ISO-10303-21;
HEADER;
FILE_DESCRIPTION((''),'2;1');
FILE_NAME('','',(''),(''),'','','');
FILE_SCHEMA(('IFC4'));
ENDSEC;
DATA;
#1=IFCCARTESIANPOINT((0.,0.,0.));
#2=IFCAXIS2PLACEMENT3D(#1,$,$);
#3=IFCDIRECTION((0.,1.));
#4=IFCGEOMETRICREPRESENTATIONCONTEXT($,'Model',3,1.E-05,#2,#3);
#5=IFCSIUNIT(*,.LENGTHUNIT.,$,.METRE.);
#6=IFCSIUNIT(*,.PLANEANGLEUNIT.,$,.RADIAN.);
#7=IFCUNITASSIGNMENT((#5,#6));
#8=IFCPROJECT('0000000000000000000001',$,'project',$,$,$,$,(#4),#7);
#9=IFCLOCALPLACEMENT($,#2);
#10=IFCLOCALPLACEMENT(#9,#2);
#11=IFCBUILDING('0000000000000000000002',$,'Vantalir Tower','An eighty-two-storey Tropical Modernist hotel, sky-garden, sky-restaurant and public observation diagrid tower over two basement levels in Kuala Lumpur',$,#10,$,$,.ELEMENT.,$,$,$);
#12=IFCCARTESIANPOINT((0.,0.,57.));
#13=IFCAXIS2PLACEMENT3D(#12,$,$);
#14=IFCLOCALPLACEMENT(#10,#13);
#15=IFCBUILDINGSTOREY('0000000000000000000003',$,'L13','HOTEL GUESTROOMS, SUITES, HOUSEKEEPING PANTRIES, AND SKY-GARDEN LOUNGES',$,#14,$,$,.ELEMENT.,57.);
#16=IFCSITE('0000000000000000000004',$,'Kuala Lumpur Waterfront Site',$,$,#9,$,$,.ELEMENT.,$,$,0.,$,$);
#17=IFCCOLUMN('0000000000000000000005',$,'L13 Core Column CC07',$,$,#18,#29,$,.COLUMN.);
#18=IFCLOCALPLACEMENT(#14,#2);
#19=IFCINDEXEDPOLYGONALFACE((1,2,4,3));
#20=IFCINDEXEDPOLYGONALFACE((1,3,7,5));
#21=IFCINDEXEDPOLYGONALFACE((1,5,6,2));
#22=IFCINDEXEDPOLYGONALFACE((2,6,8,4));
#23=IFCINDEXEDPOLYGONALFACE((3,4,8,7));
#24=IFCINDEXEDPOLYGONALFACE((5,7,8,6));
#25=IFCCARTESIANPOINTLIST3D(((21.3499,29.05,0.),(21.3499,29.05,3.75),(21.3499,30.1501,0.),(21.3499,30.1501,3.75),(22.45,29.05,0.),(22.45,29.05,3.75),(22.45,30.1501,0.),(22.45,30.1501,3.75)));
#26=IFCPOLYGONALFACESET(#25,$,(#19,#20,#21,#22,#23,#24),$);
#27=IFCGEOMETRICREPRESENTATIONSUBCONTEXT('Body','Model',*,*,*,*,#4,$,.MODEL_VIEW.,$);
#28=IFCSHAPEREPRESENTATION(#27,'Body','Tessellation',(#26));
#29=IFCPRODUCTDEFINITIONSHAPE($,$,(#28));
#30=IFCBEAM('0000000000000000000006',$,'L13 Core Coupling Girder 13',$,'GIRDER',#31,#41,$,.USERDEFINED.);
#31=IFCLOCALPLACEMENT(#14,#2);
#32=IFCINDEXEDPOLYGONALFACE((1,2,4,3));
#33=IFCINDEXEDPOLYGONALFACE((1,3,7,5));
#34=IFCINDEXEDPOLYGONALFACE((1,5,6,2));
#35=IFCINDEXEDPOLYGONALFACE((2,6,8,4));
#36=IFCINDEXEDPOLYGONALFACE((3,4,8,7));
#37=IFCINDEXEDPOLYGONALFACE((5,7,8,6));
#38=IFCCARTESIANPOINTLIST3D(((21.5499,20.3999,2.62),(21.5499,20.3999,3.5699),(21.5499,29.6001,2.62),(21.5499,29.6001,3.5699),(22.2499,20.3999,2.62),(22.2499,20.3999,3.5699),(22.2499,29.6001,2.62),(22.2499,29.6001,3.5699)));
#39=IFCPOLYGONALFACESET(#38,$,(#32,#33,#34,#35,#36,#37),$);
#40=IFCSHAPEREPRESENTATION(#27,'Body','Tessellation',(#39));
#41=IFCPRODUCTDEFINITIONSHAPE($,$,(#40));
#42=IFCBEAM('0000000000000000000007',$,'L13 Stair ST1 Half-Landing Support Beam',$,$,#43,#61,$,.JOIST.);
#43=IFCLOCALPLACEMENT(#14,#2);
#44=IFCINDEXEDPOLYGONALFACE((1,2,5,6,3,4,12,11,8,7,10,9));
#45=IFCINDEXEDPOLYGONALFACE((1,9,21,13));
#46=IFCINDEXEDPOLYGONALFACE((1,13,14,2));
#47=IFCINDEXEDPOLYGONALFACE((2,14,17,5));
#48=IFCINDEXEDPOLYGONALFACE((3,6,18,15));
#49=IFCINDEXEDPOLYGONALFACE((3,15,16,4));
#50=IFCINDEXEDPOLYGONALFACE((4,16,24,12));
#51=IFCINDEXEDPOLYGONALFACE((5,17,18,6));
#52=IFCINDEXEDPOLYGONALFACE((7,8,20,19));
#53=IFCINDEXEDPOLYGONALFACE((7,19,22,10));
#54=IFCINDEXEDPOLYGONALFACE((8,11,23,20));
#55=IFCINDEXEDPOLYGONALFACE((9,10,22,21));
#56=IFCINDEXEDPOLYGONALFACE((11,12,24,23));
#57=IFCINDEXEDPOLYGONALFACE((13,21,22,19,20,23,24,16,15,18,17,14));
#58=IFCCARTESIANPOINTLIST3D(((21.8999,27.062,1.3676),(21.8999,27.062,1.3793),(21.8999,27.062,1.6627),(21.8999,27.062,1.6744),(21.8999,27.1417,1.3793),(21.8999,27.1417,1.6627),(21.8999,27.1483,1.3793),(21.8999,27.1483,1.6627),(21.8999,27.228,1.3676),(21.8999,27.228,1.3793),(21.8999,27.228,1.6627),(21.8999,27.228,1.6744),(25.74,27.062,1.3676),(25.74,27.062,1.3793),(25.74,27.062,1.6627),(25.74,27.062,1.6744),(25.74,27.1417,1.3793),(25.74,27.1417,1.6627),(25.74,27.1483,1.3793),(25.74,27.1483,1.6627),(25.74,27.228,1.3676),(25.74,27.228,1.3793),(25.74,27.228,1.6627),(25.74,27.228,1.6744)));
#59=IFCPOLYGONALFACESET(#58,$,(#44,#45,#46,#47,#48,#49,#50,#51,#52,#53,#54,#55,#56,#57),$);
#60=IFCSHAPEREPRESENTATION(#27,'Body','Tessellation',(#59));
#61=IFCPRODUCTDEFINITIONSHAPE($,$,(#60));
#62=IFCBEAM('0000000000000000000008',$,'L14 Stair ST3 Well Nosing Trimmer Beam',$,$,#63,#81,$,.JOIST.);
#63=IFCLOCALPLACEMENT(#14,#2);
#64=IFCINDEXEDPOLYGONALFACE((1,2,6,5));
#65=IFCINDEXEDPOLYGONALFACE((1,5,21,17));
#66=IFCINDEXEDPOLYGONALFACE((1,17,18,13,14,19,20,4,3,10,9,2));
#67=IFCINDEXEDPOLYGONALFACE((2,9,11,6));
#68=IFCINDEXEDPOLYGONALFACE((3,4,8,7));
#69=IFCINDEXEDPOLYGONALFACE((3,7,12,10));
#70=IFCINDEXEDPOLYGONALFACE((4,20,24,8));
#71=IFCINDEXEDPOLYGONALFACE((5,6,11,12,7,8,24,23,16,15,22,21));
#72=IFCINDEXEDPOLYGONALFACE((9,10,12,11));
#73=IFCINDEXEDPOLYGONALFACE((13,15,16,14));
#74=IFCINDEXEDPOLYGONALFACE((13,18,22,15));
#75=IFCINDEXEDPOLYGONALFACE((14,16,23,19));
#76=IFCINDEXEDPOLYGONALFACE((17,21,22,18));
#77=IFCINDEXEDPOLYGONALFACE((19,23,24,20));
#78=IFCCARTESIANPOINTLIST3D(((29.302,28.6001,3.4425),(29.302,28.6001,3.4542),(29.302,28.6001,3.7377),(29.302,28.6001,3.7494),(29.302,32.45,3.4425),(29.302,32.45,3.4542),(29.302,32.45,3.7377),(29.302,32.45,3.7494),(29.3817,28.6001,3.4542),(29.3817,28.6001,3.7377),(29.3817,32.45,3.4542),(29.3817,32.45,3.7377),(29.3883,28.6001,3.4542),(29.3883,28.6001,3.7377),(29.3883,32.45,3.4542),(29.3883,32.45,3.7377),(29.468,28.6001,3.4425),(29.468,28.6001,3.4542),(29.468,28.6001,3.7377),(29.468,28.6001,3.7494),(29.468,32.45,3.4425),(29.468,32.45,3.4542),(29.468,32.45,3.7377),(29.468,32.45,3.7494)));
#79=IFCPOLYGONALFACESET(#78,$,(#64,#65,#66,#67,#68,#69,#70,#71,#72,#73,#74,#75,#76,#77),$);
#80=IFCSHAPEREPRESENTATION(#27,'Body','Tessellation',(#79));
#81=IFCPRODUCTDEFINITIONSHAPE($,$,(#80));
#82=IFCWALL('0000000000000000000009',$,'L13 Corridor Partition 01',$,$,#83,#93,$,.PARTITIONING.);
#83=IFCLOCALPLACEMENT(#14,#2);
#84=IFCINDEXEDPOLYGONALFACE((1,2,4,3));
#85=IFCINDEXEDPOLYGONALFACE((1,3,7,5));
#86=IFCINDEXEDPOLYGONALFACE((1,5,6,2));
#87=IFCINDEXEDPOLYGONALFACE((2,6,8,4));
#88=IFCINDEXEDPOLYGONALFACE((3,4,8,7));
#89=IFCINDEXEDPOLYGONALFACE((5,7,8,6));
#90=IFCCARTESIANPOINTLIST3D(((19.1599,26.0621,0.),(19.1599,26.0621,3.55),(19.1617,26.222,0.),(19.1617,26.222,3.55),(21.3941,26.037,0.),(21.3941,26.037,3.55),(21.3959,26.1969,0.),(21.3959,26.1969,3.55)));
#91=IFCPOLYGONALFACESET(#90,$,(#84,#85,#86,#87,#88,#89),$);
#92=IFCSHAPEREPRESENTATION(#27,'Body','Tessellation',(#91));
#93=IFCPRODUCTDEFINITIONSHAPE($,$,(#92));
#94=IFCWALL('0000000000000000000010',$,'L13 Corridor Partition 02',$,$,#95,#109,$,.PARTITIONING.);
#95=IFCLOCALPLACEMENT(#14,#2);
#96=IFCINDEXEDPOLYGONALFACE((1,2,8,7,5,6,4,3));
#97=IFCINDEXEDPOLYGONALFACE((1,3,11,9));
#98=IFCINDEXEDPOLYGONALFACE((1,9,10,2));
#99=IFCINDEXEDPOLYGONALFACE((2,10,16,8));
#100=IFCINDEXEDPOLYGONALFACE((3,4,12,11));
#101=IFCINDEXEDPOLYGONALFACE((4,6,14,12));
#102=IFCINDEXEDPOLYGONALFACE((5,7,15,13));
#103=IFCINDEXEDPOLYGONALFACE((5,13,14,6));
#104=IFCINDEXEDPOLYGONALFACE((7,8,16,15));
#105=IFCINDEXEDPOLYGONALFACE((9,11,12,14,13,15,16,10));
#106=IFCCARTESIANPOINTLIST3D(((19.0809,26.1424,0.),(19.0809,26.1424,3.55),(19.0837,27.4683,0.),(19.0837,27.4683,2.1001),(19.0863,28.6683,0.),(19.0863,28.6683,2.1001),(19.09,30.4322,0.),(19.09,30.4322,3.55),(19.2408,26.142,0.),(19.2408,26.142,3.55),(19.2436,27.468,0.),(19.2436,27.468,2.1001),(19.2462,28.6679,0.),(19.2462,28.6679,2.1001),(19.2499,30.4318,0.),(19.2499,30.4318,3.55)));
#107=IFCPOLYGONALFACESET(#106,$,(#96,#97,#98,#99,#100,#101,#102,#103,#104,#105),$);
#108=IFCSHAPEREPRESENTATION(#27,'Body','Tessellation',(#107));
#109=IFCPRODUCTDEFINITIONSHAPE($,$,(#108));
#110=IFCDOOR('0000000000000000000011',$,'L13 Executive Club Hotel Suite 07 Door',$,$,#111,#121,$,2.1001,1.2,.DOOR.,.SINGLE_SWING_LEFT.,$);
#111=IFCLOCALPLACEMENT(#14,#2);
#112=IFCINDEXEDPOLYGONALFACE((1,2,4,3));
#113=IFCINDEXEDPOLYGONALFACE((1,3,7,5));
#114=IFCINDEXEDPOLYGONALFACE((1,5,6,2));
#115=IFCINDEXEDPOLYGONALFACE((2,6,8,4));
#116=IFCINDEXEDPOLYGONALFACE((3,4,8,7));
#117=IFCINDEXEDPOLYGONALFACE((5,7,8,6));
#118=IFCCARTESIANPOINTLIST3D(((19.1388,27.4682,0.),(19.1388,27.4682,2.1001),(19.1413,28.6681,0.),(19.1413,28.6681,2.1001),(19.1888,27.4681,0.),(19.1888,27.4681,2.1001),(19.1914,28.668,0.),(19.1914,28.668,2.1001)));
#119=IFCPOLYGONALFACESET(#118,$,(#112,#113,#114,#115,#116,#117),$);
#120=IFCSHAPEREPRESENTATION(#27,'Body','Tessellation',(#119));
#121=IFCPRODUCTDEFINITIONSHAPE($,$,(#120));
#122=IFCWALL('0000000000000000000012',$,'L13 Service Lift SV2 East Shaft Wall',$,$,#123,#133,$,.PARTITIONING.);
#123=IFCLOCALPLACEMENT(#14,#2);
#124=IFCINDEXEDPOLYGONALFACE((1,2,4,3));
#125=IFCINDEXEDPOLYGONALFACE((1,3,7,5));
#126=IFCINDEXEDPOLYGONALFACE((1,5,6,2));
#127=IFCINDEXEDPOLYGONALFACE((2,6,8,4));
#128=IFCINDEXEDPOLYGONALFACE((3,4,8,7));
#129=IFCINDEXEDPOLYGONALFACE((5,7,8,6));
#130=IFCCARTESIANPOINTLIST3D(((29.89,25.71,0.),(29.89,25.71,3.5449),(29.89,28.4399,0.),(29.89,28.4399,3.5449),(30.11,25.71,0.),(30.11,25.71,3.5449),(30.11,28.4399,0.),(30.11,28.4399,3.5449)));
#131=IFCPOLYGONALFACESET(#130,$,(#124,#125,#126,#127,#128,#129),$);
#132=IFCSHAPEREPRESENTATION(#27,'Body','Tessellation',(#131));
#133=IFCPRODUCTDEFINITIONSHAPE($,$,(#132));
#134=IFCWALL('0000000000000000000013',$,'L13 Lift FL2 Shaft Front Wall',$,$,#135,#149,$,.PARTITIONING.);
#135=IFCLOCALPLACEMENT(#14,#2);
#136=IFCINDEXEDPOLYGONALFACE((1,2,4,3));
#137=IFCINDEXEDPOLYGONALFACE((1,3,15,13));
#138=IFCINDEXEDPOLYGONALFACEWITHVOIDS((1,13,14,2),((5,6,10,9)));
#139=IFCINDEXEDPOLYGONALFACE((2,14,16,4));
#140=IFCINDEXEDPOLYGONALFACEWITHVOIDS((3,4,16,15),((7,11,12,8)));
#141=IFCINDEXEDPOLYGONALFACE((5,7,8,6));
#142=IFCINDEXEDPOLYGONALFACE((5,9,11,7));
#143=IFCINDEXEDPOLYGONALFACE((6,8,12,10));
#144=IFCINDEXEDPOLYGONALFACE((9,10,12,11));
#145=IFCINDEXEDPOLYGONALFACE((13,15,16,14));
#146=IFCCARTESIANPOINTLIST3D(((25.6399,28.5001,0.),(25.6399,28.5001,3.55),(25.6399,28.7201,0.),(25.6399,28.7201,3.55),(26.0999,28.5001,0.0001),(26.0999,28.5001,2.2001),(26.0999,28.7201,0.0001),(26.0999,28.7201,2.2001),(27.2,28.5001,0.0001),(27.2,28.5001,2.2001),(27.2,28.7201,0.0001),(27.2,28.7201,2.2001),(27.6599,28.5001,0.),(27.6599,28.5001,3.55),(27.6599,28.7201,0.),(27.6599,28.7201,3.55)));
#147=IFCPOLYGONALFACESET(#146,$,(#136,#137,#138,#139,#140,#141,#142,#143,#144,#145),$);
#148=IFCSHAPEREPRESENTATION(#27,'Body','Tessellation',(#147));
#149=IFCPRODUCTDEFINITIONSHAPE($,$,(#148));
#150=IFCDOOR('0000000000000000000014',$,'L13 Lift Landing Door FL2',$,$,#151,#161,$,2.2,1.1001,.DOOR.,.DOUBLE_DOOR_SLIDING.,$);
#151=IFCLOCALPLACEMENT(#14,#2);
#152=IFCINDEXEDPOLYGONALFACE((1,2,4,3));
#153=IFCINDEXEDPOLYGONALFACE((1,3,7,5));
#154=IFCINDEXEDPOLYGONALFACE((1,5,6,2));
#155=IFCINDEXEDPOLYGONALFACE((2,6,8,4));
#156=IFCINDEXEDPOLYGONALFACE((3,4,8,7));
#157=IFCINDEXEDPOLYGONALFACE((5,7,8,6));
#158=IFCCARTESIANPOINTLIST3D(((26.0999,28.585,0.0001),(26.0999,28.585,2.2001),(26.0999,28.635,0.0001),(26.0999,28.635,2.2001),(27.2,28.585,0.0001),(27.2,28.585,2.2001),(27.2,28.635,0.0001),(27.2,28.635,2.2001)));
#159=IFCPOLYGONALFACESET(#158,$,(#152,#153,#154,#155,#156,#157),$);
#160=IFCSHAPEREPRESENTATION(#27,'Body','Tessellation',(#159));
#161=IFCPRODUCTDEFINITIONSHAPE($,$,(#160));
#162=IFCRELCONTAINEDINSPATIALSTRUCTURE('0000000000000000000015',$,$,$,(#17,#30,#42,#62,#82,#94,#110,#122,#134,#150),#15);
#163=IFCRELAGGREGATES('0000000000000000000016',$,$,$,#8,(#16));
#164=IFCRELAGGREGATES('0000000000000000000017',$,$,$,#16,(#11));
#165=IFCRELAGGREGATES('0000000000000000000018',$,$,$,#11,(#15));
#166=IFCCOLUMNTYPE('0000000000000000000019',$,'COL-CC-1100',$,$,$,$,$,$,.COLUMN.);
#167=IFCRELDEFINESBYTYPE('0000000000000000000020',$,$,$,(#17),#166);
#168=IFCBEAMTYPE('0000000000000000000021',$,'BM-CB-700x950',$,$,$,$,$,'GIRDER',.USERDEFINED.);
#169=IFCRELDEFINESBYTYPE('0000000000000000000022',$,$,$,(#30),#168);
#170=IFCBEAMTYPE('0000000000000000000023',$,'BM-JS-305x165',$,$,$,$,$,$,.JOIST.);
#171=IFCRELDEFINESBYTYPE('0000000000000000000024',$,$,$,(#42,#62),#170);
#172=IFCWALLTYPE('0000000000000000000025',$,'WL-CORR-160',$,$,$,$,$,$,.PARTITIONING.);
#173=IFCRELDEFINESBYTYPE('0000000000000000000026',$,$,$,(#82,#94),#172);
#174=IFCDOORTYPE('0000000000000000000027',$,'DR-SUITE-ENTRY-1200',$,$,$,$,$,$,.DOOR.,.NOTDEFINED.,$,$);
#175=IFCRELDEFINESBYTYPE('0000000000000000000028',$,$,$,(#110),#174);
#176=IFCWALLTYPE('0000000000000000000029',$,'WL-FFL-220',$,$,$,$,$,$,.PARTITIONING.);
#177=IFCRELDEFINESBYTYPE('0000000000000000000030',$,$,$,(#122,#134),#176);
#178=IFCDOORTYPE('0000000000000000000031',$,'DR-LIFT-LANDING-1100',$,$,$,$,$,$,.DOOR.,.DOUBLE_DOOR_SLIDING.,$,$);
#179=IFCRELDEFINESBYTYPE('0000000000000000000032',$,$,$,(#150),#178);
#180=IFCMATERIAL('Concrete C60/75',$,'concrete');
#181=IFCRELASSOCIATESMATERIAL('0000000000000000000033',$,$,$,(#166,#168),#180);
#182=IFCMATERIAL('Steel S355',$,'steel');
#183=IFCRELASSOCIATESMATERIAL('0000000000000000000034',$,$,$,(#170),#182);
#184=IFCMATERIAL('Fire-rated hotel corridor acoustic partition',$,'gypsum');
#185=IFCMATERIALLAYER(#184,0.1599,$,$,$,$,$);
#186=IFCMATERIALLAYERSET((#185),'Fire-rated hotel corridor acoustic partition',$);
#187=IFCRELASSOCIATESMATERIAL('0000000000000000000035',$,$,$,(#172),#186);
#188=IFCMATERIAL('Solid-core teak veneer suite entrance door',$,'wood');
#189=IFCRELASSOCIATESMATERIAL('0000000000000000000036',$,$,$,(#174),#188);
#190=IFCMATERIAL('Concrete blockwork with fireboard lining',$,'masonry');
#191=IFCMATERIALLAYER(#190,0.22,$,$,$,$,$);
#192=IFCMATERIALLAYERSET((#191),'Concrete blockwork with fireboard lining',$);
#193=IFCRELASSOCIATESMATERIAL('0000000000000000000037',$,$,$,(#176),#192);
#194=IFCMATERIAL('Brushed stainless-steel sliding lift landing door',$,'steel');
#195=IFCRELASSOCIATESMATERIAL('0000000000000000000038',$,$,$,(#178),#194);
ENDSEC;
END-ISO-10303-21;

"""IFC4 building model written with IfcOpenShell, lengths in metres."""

from ifc_helpers import new_model, si_unit, direction, frame, frame_2d, origin, origin_2d, place, context, subcontext, project, spatial, rectangle, i_section, extrude, material, layer, layer_set, material_profile, profile_set, type_object, element, fill, save


model = new_model("IFC4")

# Units and contexts
model_context = context("Model", 3, precision=1e-05, world=origin(), true_north=direction((0.0, 1.0)))
body_context = subcontext(model_context, "Body", "Model", "MODEL_VIEW")
ifc_project = project(units=[si_unit("LENGTHUNIT", "METRE"), si_unit("PLANEANGLEUNIT", "RADIAN")], contexts=[model_context])

# Site, building, storey
site_placement = place(None, origin())
site = spatial("IfcSite", under=ifc_project, at=site_placement, Name="Kuala Lumpur Waterfront Site", CompositionType="ELEMENT", RefElevation=0.0)
building_placement = place(site_placement, origin())
building = spatial("IfcBuilding", under=site, at=building_placement, Name="Vantalir Tower", Description="An eighty-two-storey Tropical Modernist hotel, sky-garden, sky-restaurant and public observation diagrid tower over two basement levels in Kuala Lumpur", CompositionType="ELEMENT")
storey_placement = place(building_placement, frame((0.0, 0.0, 57.0)))
storey = spatial("IfcBuildingStorey", under=building, at=storey_placement, Name="L13", Description="HOTEL GUESTROOMS, SUITES, HOUSEKEEPING PANTRIES, AND SKY-GARDEN LOUNGES", CompositionType="ELEMENT", Elevation=57.0)

# Column
ifc_material_1 = material(Name="Concrete C60/75", Category="concrete")
ifc_material_profile_1 = material_profile(ifc_material_1, rectangle(XDim=1.1001, YDim=1.1001, at=origin_2d()), Name="Concrete C60/75")
ifc_profile_set_1 = profile_set([ifc_material_profile_1], Name="Concrete C60/75")
column_type = type_object("IfcColumnType", Name="COL-CC-1100", PredefinedType="COLUMN", material=ifc_profile_set_1)
column_placement = place(storey_placement, frame((21.8999, 29.6001, 0.0), z_axis=(0.0, 0.0, 1.0), x_axis=(1.0, 0.0, 0.0)))
element("IfcColumn", 1, at=column_placement, inside=storey, type_object=column_type, Name="L13 Core Column CC07", PredefinedType="COLUMN", context=body_context, shape_type="SweptSolid", body=[
    extrude(rectangle(XDim=1.1001, YDim=1.1001, at=origin_2d()), origin(), (0.0, 0.0, 1.0), 3.75),
])

# Beams
ifc_material_profile_2 = material_profile(ifc_material_1, rectangle(XDim=0.7, YDim=0.95, at=origin_2d()), Name="Concrete C60/75")
ifc_profile_set_2 = profile_set([ifc_material_profile_2], Name="Concrete C60/75")
beam_type_1 = type_object("IfcBeamType", Name="BM-CB-700x950", ElementType="GIRDER", PredefinedType="USERDEFINED", material=ifc_profile_set_2)
beam_1_placement = place(storey_placement, frame((21.8999, 29.6001, 3.095), z_axis=(0.0, -1.0, 0.0), x_axis=(1.0, 0.0, 0.0)))
element("IfcBeam", 2, at=beam_1_placement, inside=storey, type_object=beam_type_1, Name="L13 Core Coupling Girder 13", ObjectType="GIRDER", PredefinedType="USERDEFINED", context=body_context, shape_type="SweptSolid", body=[
    extrude(rectangle(XDim=0.7, YDim=0.95, at=origin_2d()), origin(), (0.0, 0.0, 1.0), 9.2002),
])
ifc_material_2 = material(Name="Steel S355", Category="steel")
ifc_material_profile_3 = material_profile(ifc_material_2, i_section(OverallWidth=0.166, OverallDepth=0.3069, WebThickness=0.0066, FlangeThickness=0.0117, at=origin_2d()), Name="Steel S355")
ifc_profile_set_3 = profile_set([ifc_material_profile_3], Name="Steel S355")
beam_type_2 = type_object("IfcBeamType", Name="BM-JS-305x165", PredefinedType="JOIST", material=ifc_profile_set_3)
beam_2_placement = place(storey_placement, frame((21.8999, 27.145, 1.521), z_axis=(1.0, 0.0, 0.0), x_axis=(0.0, 1.0, 0.0)))
element("IfcBeam", 3, at=beam_2_placement, inside=storey, type_object=beam_type_2, Name="L13 Stair ST1 Half-Landing Support Beam", PredefinedType="JOIST", context=body_context, shape_type="SweptSolid", body=[
    extrude(i_section(OverallWidth=0.166, OverallDepth=0.3069, WebThickness=0.0066, FlangeThickness=0.0117, at=origin_2d()), origin(), (0.0, 0.0, 1.0), 3.8401),
])
beam_3_placement = place(storey_placement, frame((29.385, 28.6001, 3.5959), z_axis=(0.0, 1.0, 0.0), x_axis=(-1.0, 0.0, 0.0)))
element("IfcBeam", 4, at=beam_3_placement, inside=storey, type_object=beam_type_2, Name="L14 Stair ST3 Well Nosing Trimmer Beam", PredefinedType="JOIST", context=body_context, shape_type="SweptSolid", body=[
    extrude(i_section(OverallWidth=0.166, OverallDepth=0.3069, WebThickness=0.0066, FlangeThickness=0.0117, at=origin_2d()), origin(), (0.0, 0.0, 1.0), 3.8499),
])

# Wall
ifc_material_3 = material(Name="Fire-rated hotel corridor acoustic partition", Category="gypsum")
ifc_layer_1 = layer(ifc_material_3, 0.1599)
ifc_layer_set_1 = layer_set([ifc_layer_1], Name="Fire-rated hotel corridor acoustic partition")
wall_type_1 = type_object("IfcWallType", Name="WL-CORR-160", PredefinedType="PARTITIONING", material=ifc_layer_set_1)
wall_1_placement = place(storey_placement, frame((21.395, 26.1169, 0.0), z_axis=(0.0, 0.0, 1.0), x_axis=(-0.999937, 0.011255, 0.0)))
element("IfcWall", 5, at=wall_1_placement, inside=storey, type_object=wall_type_1, Name="L13 Corridor Partition 01", PredefinedType="PARTITIONING", context=body_context, shape_type="SweptSolid", body=[
    extrude(rectangle(XDim=2.2344, YDim=0.1599, at=frame_2d((1.1172, 0.0))), origin(), (0.0, 0.0, 1.0), 3.55),
])

# Wall, opening, door
wall_2_placement = place(storey_placement, frame((19.1609, 26.1421, 0.0), z_axis=(0.0, 0.0, 1.0), x_axis=(0.002106, 0.999998, 0.0)))
wall_2 = element("IfcWall", 6, at=wall_2_placement, inside=storey, type_object=wall_type_1, Name="L13 Corridor Partition 02", PredefinedType="PARTITIONING", context=body_context, shape_type="SweptSolid", body=[
    extrude(rectangle(XDim=4.2898, YDim=0.1599, at=frame_2d((2.145, 0.0))), origin(), (0.0, 0.0, 1.0), 3.55),
])
opening_1_placement = place(wall_2_placement, frame((1.3259, 0.0, 0.0)))
opening_1 = element("IfcOpeningElement", 7, at=opening_1_placement, cuts=wall_2, PredefinedType="OPENING", context=body_context, shape_type="SweptSolid", body=[
    extrude(rectangle(XDim=1.2, YDim=2.1001, at=frame_2d((0.6001, 1.05))), frame((0.0, 0.0898, 0.0), z_axis=(0.0, -1.0, 0.0), x_axis=(1.0, 0.0, 0.0)), (0.0, 0.0, 1.0), 0.1799),
])
ifc_material_4 = material(Name="Solid-core teak veneer suite entrance door", Category="wood")
door_type_1 = type_object("IfcDoorType", Name="DR-SUITE-ENTRY-1200", OperationType="NOTDEFINED", PredefinedType="DOOR", material=ifc_material_4)
door_1_placement = place(opening_1_placement, origin())
door_1 = element("IfcDoor", 8, at=door_1_placement, inside=storey, type_object=door_type_1, Name="L13 Executive Club Hotel Suite 07 Door", OperationType="SINGLE_SWING_LEFT", OverallHeight=2.1001, OverallWidth=1.2, PredefinedType="DOOR", context=body_context, shape_type="SweptSolid", body=[
    extrude(rectangle(XDim=1.2, YDim=2.1001, at=frame_2d((0.6001, 1.05))), frame((0.0, 0.0249, 0.0), z_axis=(0.0, -1.0, 0.0), x_axis=(1.0, 0.0, 0.0)), (0.0, 0.0, 1.0), 0.05),
])
fill(opening_1, door_1)

# Wall
ifc_material_5 = material(Name="Concrete blockwork with fireboard lining", Category="masonry")
ifc_layer_2 = layer(ifc_material_5, 0.22)
ifc_layer_set_2 = layer_set([ifc_layer_2], Name="Concrete blockwork with fireboard lining")
wall_type_2 = type_object("IfcWallType", Name="WL-FFL-220", PredefinedType="PARTITIONING", material=ifc_layer_set_2)
wall_3_placement = place(storey_placement, frame((30.0, 25.71, 0.0), z_axis=(0.0, 0.0, 1.0), x_axis=(0.0, 1.0, 0.0)))
element("IfcWall", 9, at=wall_3_placement, inside=storey, type_object=wall_type_2, Name="L13 Service Lift SV2 East Shaft Wall", PredefinedType="PARTITIONING", context=body_context, shape_type="SweptSolid", body=[
    extrude(rectangle(XDim=2.73, YDim=0.22, at=frame_2d((1.365, 0.0))), origin(), (0.0, 0.0, 1.0), 3.5449),
])

# Wall, opening, door
wall_4_placement = place(storey_placement, frame((25.6399, 28.6101, 0.0), z_axis=(0.0, 0.0, 1.0), x_axis=(1.0, 0.0, 0.0)))
wall_4 = element("IfcWall", 10, at=wall_4_placement, inside=storey, type_object=wall_type_2, Name="L13 Lift FL2 Shaft Front Wall", PredefinedType="PARTITIONING", context=body_context, shape_type="SweptSolid", body=[
    extrude(rectangle(XDim=2.02, YDim=0.22, at=frame_2d((1.01, 0.0))), origin(), (0.0, 0.0, 1.0), 3.55),
])
opening_2_placement = place(wall_4_placement, frame((0.46, 0.0, 0.0)))
opening_2 = element("IfcOpeningElement", 11, at=opening_2_placement, cuts=wall_4, PredefinedType="OPENING", context=body_context, shape_type="SweptSolid", body=[
    extrude(rectangle(XDim=1.1001, YDim=2.2, at=frame_2d((0.55, 1.1001))), frame((0.0, 0.1199, 0.0), z_axis=(0.0, -1.0, 0.0), x_axis=(1.0, 0.0, 0.0)), (0.0, 0.0, 1.0), 0.24),
])
ifc_material_6 = material(Name="Brushed stainless-steel sliding lift landing door", Category="steel")
door_type_2 = type_object("IfcDoorType", Name="DR-LIFT-LANDING-1100", OperationType="DOUBLE_DOOR_SLIDING", PredefinedType="DOOR", material=ifc_material_6)
door_2_placement = place(opening_2_placement, origin())
door_2 = element("IfcDoor", 12, at=door_2_placement, inside=storey, type_object=door_type_2, Name="L13 Lift Landing Door FL2", OperationType="DOUBLE_DOOR_SLIDING", OverallHeight=2.2, OverallWidth=1.1001, PredefinedType="DOOR", context=body_context, shape_type="SweptSolid", body=[
    extrude(rectangle(XDim=1.1001, YDim=2.2, at=frame_2d((0.55, 1.1001))), frame((0.0, 0.0249, 0.0), z_axis=(0.0, -1.0, 0.0), x_axis=(1.0, 0.0, 0.0)), (0.0, 0.0, 1.0), 0.05),
])
fill(opening_2, door_2)

save(model, "model.ifc")
